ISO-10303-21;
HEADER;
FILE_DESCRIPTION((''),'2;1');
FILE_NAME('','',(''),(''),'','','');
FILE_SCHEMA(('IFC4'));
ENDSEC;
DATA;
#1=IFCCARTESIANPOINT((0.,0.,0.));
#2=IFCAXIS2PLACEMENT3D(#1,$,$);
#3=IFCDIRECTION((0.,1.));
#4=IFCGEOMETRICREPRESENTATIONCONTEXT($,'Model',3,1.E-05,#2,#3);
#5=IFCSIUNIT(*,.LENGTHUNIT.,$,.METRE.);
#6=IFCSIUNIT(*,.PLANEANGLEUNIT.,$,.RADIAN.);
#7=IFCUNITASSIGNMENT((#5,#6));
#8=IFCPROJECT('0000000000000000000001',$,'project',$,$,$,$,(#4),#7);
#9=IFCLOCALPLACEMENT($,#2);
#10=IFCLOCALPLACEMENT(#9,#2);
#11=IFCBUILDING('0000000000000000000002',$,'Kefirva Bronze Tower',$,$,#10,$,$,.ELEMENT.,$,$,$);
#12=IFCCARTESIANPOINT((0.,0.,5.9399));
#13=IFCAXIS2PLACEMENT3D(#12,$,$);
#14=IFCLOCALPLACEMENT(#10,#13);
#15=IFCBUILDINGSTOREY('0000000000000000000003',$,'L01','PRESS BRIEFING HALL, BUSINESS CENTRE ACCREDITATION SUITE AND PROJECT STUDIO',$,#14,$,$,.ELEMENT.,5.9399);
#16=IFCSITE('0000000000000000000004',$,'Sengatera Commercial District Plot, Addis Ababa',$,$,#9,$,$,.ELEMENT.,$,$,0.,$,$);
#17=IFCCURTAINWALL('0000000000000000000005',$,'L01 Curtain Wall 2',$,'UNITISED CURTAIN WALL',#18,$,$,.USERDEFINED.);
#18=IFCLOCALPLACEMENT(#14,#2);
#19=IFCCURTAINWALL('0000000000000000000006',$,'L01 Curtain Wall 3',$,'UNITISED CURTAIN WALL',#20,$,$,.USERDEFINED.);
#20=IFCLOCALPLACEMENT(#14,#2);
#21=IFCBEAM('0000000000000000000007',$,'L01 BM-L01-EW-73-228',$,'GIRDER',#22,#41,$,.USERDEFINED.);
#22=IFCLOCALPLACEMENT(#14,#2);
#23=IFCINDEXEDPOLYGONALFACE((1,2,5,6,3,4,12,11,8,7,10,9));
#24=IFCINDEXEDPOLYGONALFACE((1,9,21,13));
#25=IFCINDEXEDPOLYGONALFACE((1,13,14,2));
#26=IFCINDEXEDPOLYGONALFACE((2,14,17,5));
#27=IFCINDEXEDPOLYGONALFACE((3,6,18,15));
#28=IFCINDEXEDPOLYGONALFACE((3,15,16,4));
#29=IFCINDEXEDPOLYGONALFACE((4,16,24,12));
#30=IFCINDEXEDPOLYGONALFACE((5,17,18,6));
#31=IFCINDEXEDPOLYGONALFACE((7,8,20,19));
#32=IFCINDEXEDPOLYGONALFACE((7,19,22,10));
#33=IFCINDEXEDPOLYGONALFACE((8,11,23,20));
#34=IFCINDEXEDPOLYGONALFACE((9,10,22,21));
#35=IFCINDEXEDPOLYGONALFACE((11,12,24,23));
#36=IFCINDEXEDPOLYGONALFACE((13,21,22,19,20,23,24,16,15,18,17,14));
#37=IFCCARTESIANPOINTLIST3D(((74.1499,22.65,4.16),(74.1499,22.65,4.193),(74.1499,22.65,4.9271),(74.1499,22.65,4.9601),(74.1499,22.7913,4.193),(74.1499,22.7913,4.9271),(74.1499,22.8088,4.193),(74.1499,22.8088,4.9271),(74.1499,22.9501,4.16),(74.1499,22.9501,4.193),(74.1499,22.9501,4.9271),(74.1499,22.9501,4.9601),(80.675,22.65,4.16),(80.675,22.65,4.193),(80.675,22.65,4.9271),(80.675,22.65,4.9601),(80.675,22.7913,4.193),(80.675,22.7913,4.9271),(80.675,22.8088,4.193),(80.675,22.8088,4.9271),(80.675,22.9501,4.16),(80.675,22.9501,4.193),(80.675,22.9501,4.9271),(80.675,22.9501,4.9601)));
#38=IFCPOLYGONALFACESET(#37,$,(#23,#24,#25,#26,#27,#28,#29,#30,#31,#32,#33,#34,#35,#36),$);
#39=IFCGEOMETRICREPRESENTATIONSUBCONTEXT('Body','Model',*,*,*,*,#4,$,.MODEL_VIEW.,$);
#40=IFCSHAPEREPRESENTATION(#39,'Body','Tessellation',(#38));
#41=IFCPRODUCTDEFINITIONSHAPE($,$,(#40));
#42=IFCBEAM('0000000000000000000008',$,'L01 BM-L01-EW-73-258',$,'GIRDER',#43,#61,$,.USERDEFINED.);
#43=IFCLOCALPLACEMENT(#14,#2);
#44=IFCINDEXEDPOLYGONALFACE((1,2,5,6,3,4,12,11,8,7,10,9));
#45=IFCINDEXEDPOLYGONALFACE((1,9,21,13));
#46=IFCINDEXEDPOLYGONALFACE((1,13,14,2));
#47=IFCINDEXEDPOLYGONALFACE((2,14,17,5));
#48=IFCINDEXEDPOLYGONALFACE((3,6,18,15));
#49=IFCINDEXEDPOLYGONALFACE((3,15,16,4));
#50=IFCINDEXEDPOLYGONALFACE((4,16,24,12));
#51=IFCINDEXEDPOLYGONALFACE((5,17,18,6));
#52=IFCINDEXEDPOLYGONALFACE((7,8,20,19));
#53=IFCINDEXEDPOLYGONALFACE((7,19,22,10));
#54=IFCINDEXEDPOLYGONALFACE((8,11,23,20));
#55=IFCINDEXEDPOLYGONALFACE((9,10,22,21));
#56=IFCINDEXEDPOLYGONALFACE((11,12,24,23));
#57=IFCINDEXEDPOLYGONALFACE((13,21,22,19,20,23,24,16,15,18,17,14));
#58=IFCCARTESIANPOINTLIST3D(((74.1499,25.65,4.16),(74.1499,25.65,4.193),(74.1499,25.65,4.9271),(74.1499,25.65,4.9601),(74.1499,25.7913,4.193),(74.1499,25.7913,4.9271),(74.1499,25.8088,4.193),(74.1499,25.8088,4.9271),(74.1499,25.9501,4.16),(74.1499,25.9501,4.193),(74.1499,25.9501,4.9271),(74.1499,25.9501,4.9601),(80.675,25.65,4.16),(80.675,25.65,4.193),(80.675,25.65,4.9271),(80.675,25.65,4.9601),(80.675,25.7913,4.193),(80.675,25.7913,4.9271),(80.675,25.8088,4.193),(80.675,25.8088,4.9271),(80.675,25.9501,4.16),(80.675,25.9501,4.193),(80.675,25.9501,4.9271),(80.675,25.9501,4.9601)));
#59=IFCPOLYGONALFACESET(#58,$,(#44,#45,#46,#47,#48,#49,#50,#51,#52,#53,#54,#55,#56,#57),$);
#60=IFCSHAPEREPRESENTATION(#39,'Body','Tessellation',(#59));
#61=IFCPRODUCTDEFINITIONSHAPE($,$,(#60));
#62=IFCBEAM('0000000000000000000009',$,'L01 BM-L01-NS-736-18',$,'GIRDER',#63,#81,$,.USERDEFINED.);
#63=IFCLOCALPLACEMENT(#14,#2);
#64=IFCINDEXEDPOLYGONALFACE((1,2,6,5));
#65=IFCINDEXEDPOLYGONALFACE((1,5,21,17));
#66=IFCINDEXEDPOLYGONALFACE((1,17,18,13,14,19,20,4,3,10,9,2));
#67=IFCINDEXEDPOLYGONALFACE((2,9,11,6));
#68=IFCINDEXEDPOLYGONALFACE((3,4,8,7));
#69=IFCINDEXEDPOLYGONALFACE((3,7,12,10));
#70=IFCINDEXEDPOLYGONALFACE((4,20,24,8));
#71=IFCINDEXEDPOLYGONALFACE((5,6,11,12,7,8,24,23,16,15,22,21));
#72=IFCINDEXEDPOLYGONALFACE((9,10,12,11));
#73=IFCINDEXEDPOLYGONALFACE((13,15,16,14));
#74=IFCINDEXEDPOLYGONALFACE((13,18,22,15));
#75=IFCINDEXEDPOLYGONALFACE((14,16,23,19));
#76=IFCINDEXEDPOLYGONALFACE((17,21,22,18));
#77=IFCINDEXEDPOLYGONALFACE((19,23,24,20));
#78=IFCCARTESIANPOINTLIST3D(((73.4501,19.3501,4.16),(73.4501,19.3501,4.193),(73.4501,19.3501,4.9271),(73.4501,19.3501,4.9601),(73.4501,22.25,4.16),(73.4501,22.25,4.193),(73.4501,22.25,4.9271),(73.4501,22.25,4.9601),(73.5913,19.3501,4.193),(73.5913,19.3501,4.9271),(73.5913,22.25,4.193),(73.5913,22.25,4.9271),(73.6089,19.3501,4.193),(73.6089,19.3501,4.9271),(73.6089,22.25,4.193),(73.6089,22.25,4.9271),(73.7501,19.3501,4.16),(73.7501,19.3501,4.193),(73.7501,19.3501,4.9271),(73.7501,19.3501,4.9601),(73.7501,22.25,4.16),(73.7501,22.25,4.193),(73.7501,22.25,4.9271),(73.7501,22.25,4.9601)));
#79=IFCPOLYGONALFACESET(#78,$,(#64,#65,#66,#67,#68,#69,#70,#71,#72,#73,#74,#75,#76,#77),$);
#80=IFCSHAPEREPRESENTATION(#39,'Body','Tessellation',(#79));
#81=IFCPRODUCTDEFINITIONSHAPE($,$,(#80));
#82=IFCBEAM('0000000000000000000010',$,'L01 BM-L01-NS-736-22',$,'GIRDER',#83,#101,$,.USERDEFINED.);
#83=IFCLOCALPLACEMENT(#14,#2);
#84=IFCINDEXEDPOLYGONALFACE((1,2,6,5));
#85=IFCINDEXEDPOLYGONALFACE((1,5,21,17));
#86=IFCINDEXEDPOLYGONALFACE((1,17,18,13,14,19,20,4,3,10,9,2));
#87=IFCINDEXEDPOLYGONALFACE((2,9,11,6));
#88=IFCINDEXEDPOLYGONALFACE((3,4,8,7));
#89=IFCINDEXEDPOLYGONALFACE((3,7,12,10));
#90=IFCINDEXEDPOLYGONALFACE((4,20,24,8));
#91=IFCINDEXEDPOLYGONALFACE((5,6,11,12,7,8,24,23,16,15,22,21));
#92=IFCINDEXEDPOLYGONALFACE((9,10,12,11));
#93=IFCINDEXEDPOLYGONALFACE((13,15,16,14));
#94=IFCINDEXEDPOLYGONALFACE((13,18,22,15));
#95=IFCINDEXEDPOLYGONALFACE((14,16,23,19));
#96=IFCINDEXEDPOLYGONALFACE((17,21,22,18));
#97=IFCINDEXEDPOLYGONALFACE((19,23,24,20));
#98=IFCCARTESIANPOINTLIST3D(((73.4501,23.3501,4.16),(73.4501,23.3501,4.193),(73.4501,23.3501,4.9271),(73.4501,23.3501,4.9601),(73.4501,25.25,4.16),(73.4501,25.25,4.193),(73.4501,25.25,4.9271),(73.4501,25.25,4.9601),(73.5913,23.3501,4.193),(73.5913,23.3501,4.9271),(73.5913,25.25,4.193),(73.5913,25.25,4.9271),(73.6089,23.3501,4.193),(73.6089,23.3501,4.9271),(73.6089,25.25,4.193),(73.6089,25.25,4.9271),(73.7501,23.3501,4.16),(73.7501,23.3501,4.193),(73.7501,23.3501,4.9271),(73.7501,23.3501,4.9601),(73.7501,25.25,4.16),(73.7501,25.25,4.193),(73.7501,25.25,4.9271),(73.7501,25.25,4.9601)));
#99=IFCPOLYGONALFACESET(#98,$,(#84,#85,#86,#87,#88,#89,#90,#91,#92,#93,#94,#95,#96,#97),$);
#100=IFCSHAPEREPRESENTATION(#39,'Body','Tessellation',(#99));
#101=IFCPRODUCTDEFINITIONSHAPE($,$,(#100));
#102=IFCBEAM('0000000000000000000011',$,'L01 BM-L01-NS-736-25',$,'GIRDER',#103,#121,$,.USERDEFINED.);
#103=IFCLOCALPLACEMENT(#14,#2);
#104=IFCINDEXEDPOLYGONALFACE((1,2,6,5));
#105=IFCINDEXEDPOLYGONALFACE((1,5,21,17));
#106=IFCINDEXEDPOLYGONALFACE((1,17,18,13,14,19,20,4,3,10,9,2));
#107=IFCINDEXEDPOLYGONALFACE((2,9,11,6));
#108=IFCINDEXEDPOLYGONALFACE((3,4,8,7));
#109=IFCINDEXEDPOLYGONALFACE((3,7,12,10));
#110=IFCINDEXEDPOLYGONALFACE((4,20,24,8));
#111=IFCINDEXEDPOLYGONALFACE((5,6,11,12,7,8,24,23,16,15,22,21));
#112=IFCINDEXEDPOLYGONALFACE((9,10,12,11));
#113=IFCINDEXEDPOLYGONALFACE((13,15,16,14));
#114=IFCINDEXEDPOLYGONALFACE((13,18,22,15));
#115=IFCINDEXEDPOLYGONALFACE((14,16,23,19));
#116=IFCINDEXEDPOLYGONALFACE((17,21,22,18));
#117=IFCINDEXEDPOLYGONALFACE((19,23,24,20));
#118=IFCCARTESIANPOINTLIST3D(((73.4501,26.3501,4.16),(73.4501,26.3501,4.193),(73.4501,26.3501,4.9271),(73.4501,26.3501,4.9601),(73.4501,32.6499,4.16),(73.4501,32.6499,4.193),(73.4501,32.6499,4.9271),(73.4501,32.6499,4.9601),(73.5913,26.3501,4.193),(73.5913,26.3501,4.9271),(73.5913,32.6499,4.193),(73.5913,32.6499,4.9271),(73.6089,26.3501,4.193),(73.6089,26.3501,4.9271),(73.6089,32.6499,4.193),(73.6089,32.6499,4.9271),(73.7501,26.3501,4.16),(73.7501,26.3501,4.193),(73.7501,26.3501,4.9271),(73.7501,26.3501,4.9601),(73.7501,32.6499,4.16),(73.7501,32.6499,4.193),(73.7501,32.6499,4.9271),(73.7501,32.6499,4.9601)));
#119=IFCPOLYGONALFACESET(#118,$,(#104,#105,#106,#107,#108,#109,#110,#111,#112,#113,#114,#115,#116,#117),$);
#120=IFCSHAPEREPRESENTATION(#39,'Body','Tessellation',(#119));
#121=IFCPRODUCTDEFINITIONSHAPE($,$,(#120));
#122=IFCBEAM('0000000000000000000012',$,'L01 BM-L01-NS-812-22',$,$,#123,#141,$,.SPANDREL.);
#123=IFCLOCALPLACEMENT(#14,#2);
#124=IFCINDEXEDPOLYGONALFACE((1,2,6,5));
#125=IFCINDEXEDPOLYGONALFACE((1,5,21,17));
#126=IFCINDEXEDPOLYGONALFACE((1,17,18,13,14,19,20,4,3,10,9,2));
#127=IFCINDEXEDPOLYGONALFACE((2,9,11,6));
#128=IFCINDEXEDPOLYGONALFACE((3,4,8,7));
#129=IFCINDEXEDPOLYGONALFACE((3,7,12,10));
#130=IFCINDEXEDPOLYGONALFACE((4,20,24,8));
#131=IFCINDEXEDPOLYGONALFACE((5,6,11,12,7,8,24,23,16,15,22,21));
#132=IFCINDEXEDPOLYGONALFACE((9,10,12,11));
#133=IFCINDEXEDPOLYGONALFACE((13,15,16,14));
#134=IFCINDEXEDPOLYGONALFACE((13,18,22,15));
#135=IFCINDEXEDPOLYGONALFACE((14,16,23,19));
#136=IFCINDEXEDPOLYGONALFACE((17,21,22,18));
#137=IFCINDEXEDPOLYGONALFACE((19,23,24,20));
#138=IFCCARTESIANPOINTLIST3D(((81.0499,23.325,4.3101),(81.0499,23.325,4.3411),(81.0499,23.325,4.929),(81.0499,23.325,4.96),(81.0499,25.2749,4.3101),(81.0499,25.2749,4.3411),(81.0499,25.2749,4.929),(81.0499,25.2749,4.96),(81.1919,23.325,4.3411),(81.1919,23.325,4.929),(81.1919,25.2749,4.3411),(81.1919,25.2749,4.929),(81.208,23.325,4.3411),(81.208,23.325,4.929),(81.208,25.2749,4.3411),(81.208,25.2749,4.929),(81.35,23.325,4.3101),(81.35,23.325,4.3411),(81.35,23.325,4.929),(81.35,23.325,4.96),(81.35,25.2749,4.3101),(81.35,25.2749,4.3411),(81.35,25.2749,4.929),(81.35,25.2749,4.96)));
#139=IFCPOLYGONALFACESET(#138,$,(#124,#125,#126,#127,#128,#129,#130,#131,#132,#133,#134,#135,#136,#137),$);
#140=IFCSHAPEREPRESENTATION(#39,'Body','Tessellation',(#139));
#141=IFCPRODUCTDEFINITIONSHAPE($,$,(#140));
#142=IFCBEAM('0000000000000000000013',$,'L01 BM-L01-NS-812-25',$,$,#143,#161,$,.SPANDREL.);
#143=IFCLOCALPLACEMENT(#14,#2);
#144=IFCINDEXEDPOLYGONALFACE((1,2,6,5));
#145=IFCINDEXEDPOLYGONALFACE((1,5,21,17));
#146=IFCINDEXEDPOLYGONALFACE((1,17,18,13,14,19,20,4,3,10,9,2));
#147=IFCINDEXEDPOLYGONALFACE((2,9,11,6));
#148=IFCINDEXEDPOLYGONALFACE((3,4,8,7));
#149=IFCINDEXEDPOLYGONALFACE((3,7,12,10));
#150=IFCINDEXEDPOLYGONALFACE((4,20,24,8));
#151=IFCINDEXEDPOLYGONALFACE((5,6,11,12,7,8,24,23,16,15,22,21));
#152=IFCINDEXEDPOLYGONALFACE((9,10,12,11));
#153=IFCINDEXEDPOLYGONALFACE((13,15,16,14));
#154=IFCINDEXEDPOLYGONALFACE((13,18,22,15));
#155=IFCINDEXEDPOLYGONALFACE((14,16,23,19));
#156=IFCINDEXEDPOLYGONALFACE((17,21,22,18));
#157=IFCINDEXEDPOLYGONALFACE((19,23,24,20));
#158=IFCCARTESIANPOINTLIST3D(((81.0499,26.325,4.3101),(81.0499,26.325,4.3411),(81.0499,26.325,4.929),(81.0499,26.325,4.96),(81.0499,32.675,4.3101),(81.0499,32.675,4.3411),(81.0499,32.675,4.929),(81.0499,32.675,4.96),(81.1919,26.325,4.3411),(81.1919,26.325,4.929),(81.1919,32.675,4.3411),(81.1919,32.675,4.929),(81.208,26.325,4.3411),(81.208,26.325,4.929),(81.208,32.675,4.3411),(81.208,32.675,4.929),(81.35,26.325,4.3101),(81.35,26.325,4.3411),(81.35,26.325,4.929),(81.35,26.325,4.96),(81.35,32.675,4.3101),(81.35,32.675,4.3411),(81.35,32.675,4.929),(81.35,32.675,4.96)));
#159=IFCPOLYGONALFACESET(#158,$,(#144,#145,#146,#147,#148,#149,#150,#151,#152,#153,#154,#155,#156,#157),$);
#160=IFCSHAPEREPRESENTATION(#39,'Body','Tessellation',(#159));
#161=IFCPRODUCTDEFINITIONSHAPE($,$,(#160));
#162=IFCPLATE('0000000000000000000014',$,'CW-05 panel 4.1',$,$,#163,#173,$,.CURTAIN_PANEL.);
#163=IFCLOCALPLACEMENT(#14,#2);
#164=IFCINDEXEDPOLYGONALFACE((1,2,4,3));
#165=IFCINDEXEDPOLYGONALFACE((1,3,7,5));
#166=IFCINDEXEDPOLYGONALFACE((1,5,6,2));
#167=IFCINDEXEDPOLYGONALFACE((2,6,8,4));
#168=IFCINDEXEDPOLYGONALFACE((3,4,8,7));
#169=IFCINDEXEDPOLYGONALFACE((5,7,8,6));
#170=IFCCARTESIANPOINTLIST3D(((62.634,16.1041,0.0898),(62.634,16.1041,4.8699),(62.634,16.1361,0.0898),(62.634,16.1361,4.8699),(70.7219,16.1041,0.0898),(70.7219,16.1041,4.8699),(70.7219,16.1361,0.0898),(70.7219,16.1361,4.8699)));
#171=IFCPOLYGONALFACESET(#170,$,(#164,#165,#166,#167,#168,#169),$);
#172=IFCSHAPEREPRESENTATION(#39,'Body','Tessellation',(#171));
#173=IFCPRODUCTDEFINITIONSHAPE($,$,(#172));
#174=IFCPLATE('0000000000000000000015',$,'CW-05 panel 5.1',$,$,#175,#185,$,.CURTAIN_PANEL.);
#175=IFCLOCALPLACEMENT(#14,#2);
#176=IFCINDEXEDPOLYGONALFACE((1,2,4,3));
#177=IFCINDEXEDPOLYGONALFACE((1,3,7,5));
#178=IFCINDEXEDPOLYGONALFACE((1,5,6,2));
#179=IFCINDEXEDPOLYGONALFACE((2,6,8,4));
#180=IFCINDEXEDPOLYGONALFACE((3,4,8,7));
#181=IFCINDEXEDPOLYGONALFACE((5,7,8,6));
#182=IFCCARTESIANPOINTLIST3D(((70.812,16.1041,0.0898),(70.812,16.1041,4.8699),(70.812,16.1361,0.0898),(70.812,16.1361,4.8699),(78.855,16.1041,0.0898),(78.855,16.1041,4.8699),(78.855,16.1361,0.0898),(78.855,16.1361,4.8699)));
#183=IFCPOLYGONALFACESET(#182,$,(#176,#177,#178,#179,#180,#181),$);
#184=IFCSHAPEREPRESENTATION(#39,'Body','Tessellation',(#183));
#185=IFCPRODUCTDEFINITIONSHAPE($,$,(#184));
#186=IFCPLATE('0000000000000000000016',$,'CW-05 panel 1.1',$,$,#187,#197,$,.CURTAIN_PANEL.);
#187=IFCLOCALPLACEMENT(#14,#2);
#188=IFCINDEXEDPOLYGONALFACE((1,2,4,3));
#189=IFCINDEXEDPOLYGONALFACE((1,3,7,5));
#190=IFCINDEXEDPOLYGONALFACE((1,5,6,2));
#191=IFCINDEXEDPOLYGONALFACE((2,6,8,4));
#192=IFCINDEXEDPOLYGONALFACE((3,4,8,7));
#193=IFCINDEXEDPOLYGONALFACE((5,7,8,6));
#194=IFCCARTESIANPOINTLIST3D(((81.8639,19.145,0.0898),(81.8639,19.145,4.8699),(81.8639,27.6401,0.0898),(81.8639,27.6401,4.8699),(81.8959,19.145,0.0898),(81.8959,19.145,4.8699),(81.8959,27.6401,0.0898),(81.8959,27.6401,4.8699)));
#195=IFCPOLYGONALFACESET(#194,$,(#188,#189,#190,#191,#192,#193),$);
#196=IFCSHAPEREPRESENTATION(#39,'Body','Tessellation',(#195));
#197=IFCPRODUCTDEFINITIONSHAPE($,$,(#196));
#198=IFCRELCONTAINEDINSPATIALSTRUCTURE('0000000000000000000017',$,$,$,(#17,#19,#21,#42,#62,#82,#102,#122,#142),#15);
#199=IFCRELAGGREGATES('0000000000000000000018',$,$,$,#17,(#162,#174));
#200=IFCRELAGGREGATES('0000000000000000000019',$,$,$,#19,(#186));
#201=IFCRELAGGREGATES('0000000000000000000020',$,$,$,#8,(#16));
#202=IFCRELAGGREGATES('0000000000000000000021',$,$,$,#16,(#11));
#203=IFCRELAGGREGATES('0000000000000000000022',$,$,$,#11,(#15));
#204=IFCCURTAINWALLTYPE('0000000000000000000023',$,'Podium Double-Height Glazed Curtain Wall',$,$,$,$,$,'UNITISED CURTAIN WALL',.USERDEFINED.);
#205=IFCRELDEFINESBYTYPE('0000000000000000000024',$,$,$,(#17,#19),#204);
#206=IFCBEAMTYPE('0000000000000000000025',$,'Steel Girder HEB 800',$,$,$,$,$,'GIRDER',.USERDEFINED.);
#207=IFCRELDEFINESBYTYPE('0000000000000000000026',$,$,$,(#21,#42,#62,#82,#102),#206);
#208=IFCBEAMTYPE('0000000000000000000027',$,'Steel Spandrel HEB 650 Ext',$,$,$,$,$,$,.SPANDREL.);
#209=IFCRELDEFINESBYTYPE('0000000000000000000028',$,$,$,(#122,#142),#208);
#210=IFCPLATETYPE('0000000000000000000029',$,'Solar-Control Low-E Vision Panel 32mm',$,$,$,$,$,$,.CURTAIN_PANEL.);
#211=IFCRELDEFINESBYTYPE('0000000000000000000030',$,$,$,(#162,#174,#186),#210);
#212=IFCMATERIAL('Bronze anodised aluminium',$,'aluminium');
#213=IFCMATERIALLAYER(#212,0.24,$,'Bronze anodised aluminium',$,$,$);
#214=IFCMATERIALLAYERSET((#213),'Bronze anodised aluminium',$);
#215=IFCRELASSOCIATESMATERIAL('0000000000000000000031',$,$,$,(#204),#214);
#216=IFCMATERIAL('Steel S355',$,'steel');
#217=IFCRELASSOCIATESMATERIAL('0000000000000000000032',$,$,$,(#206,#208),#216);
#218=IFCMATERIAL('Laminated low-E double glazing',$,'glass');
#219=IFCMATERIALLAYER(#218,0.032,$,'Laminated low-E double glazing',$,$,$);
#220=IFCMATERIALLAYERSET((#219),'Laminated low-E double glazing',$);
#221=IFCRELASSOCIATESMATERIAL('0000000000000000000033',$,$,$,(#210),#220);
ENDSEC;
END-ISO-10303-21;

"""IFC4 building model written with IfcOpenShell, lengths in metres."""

from ifc_helpers import new_model, si_unit, direction, frame, origin, origin_2d, place, context, subcontext, project, spatial, rectangle, i_section, extrude, material, layer, layer_set, material_profile, profile_set, type_object, element, aggregate, save


model = new_model("IFC4")

# Units and contexts
model_context = context("Model", 3, precision=1e-05, world=origin(), true_north=direction((0.0, 1.0)))
body_context = subcontext(model_context, "Body", "Model", "MODEL_VIEW")
ifc_project = project(units=[si_unit("LENGTHUNIT", "METRE"), si_unit("PLANEANGLEUNIT", "RADIAN")], contexts=[model_context])

# Site, building, storey
site_placement = place(None, origin())
site = spatial("IfcSite", under=ifc_project, at=site_placement, Name="Sengatera Commercial District Plot, Addis Ababa", CompositionType="ELEMENT", RefElevation=0.0)
building_placement = place(site_placement, origin())
building = spatial("IfcBuilding", under=site, at=building_placement, Name="Kefirva Bronze Tower", CompositionType="ELEMENT")
storey_placement = place(building_placement, frame((0.0, 0.0, 5.9399)))
storey = spatial("IfcBuildingStorey", under=building, at=storey_placement, Name="L01", Description="PRESS BRIEFING HALL, BUSINESS CENTRE ACCREDITATION SUITE AND PROJECT STUDIO", CompositionType="ELEMENT", Elevation=5.9399)

# Curtain walls
ifc_material_1 = material(Name="Bronze anodised aluminium", Category="aluminium")
ifc_layer_1 = layer(ifc_material_1, 0.24, Name="Bronze anodised aluminium")
ifc_layer_set_1 = layer_set([ifc_layer_1], Name="Bronze anodised aluminium")
curtain_wall_type = type_object("IfcCurtainWallType", Name="Podium Double-Height Glazed Curtain Wall", ElementType="UNITISED CURTAIN WALL", PredefinedType="USERDEFINED", material=ifc_layer_set_1)
curtain_wall_1_placement = place(storey_placement, origin())
curtain_wall_1 = element("IfcCurtainWall", 1, at=curtain_wall_1_placement, inside=storey, type_object=curtain_wall_type, Name="L01 Curtain Wall 2", ObjectType="UNITISED CURTAIN WALL", PredefinedType="USERDEFINED")
curtain_wall_2_placement = place(storey_placement, origin())
curtain_wall_2 = element("IfcCurtainWall", 2, at=curtain_wall_2_placement, inside=storey, type_object=curtain_wall_type, Name="L01 Curtain Wall 3", ObjectType="UNITISED CURTAIN WALL", PredefinedType="USERDEFINED")

# Beams
ifc_material_2 = material(Name="Steel S355", Category="steel")
ifc_material_profile_1 = material_profile(ifc_material_2, i_section(OverallWidth=0.3, OverallDepth=0.8, WebThickness=0.0176, FlangeThickness=0.033, at=origin_2d()), Name="HEB 800")
ifc_profile_set_1 = profile_set([ifc_material_profile_1], Name="Steel S355")
beam_type_1 = type_object("IfcBeamType", Name="Steel Girder HEB 800", ElementType="GIRDER", PredefinedType="USERDEFINED", material=ifc_profile_set_1)
for number, where, z_axis, x_axis, name in (
    (3, (74.1499, 22.8, 4.5601), (1.0, 0.0, 0.0), (0.0, 1.0, 0.0), "L01 BM-L01-EW-73-228"),
    (4, (74.1499, 25.8, 4.5601), (1.0, 0.0, 0.0), (0.0, 1.0, 0.0), "L01 BM-L01-EW-73-258"),
):
    element("IfcBeam", number, at=place(storey_placement, frame(where, z_axis=z_axis, x_axis=x_axis)), inside=storey, type_object=beam_type_1, Name=name, ObjectType="GIRDER", PredefinedType="USERDEFINED", context=body_context, shape_type="SweptSolid", body=[
        extrude(i_section(OverallWidth=0.3, OverallDepth=0.8, WebThickness=0.0176, FlangeThickness=0.033, at=origin_2d()), origin(), (0.0, 0.0, 1.0), 6.5251),
    ])
beam_1_placement = place(storey_placement, frame((73.6001, 19.3501, 4.5601), z_axis=(0.0, 1.0, 0.0), x_axis=(-1.0, 0.0, 0.0)))
element("IfcBeam", 5, at=beam_1_placement, inside=storey, type_object=beam_type_1, Name="L01 BM-L01-NS-736-18", ObjectType="GIRDER", PredefinedType="USERDEFINED", context=body_context, shape_type="SweptSolid", body=[
    extrude(i_section(OverallWidth=0.3, OverallDepth=0.8, WebThickness=0.0176, FlangeThickness=0.033, at=origin_2d()), origin(), (0.0, 0.0, 1.0), 2.8999),
])
beam_2_placement = place(storey_placement, frame((73.6001, 23.3501, 4.5601), z_axis=(0.0, 1.0, 0.0), x_axis=(-1.0, 0.0, 0.0)))
element("IfcBeam", 6, at=beam_2_placement, inside=storey, type_object=beam_type_1, Name="L01 BM-L01-NS-736-22", ObjectType="GIRDER", PredefinedType="USERDEFINED", context=body_context, shape_type="SweptSolid", body=[
    extrude(i_section(OverallWidth=0.3, OverallDepth=0.8, WebThickness=0.0176, FlangeThickness=0.033, at=origin_2d()), origin(), (0.0, 0.0, 1.0), 1.8999),
])
beam_3_placement = place(storey_placement, frame((73.6001, 26.3501, 4.5601), z_axis=(0.0, 1.0, 0.0), x_axis=(-1.0, 0.0, 0.0)))
element("IfcBeam", 7, at=beam_3_placement, inside=storey, type_object=beam_type_1, Name="L01 BM-L01-NS-736-25", ObjectType="GIRDER", PredefinedType="USERDEFINED", context=body_context, shape_type="SweptSolid", body=[
    extrude(i_section(OverallWidth=0.3, OverallDepth=0.8, WebThickness=0.0176, FlangeThickness=0.033, at=origin_2d()), origin(), (0.0, 0.0, 1.0), 6.2998),
])
ifc_material_profile_2 = material_profile(ifc_material_2, i_section(OverallWidth=0.3, OverallDepth=0.6499, WebThickness=0.0161, FlangeThickness=0.031, at=origin_2d()), Name="HEB 650")
ifc_profile_set_2 = profile_set([ifc_material_profile_2], Name="Steel S355")
beam_type_2 = type_object("IfcBeamType", Name="Steel Spandrel HEB 650 Ext", PredefinedType="SPANDREL", material=ifc_profile_set_2)
beam_4_placement = place(storey_placement, frame((81.2, 23.325, 4.635), z_axis=(0.0, 1.0, 0.0), x_axis=(-1.0, 0.0, 0.0)))
element("IfcBeam", 8, at=beam_4_placement, inside=storey, type_object=beam_type_2, Name="L01 BM-L01-NS-812-22", PredefinedType="SPANDREL", context=body_context, shape_type="SweptSolid", body=[
    extrude(i_section(OverallWidth=0.3, OverallDepth=0.6499, WebThickness=0.0161, FlangeThickness=0.031, at=origin_2d()), origin(), (0.0, 0.0, 1.0), 1.95),
])
beam_5_placement = place(storey_placement, frame((81.2, 26.325, 4.635), z_axis=(0.0, 1.0, 0.0), x_axis=(-1.0, 0.0, 0.0)))
element("IfcBeam", 9, at=beam_5_placement, inside=storey, type_object=beam_type_2, Name="L01 BM-L01-NS-812-25", PredefinedType="SPANDREL", context=body_context, shape_type="SweptSolid", body=[
    extrude(i_section(OverallWidth=0.3, OverallDepth=0.6499, WebThickness=0.0161, FlangeThickness=0.031, at=origin_2d()), origin(), (0.0, 0.0, 1.0), 6.3501),
])

# Plates
ifc_material_3 = material(Name="Laminated low-E double glazing", Category="glass")
ifc_layer_2 = layer(ifc_material_3, 0.032, Name="Laminated low-E double glazing")
ifc_layer_set_2 = layer_set([ifc_layer_2], Name="Laminated low-E double glazing")
plate_type = type_object("IfcPlateType", Name="Solar-Control Low-E Vision Panel 32mm", PredefinedType="CURTAIN_PANEL", material=ifc_layer_set_2)
plate_1_placement = place(storey_placement, frame((66.678, 16.1201, 0.0898), z_axis=(0.0, 0.0, 1.0), x_axis=(1.0, 0.0, 0.0)))
plate_1 = element("IfcPlate", 10, at=plate_1_placement, type_object=plate_type, Name="CW-05 panel 4.1", PredefinedType="CURTAIN_PANEL", context=body_context, shape_type="SweptSolid", body=[
    extrude(rectangle(XDim=8.0879, YDim=0.032, at=origin_2d()), origin(), (0.0, 0.0, 1.0), 4.78),
])
plate_2_placement = place(storey_placement, frame((74.8335, 16.1201, 0.0898), z_axis=(0.0, 0.0, 1.0), x_axis=(1.0, 0.0, 0.0)))
plate_2 = element("IfcPlate", 11, at=plate_2_placement, type_object=plate_type, Name="CW-05 panel 5.1", PredefinedType="CURTAIN_PANEL", context=body_context, shape_type="SweptSolid", body=[
    extrude(rectangle(XDim=8.043, YDim=0.032, at=origin_2d()), origin(), (0.0, 0.0, 1.0), 4.78),
])
aggregate(curtain_wall_1, [plate_1, plate_2])
plate_3_placement = place(storey_placement, frame((81.8799, 23.3926, 0.0898), z_axis=(0.0, 0.0, 1.0), x_axis=(0.0, 1.0, 0.0)))
plate_3 = element("IfcPlate", 12, at=plate_3_placement, type_object=plate_type, Name="CW-05 panel 1.1", PredefinedType="CURTAIN_PANEL", context=body_context, shape_type="SweptSolid", body=[
    extrude(rectangle(XDim=8.4951, YDim=0.032, at=origin_2d()), origin(), (0.0, 0.0, 1.0), 4.78),
])
aggregate(curtain_wall_2, [plate_3])

save(model, "model.ifc")
